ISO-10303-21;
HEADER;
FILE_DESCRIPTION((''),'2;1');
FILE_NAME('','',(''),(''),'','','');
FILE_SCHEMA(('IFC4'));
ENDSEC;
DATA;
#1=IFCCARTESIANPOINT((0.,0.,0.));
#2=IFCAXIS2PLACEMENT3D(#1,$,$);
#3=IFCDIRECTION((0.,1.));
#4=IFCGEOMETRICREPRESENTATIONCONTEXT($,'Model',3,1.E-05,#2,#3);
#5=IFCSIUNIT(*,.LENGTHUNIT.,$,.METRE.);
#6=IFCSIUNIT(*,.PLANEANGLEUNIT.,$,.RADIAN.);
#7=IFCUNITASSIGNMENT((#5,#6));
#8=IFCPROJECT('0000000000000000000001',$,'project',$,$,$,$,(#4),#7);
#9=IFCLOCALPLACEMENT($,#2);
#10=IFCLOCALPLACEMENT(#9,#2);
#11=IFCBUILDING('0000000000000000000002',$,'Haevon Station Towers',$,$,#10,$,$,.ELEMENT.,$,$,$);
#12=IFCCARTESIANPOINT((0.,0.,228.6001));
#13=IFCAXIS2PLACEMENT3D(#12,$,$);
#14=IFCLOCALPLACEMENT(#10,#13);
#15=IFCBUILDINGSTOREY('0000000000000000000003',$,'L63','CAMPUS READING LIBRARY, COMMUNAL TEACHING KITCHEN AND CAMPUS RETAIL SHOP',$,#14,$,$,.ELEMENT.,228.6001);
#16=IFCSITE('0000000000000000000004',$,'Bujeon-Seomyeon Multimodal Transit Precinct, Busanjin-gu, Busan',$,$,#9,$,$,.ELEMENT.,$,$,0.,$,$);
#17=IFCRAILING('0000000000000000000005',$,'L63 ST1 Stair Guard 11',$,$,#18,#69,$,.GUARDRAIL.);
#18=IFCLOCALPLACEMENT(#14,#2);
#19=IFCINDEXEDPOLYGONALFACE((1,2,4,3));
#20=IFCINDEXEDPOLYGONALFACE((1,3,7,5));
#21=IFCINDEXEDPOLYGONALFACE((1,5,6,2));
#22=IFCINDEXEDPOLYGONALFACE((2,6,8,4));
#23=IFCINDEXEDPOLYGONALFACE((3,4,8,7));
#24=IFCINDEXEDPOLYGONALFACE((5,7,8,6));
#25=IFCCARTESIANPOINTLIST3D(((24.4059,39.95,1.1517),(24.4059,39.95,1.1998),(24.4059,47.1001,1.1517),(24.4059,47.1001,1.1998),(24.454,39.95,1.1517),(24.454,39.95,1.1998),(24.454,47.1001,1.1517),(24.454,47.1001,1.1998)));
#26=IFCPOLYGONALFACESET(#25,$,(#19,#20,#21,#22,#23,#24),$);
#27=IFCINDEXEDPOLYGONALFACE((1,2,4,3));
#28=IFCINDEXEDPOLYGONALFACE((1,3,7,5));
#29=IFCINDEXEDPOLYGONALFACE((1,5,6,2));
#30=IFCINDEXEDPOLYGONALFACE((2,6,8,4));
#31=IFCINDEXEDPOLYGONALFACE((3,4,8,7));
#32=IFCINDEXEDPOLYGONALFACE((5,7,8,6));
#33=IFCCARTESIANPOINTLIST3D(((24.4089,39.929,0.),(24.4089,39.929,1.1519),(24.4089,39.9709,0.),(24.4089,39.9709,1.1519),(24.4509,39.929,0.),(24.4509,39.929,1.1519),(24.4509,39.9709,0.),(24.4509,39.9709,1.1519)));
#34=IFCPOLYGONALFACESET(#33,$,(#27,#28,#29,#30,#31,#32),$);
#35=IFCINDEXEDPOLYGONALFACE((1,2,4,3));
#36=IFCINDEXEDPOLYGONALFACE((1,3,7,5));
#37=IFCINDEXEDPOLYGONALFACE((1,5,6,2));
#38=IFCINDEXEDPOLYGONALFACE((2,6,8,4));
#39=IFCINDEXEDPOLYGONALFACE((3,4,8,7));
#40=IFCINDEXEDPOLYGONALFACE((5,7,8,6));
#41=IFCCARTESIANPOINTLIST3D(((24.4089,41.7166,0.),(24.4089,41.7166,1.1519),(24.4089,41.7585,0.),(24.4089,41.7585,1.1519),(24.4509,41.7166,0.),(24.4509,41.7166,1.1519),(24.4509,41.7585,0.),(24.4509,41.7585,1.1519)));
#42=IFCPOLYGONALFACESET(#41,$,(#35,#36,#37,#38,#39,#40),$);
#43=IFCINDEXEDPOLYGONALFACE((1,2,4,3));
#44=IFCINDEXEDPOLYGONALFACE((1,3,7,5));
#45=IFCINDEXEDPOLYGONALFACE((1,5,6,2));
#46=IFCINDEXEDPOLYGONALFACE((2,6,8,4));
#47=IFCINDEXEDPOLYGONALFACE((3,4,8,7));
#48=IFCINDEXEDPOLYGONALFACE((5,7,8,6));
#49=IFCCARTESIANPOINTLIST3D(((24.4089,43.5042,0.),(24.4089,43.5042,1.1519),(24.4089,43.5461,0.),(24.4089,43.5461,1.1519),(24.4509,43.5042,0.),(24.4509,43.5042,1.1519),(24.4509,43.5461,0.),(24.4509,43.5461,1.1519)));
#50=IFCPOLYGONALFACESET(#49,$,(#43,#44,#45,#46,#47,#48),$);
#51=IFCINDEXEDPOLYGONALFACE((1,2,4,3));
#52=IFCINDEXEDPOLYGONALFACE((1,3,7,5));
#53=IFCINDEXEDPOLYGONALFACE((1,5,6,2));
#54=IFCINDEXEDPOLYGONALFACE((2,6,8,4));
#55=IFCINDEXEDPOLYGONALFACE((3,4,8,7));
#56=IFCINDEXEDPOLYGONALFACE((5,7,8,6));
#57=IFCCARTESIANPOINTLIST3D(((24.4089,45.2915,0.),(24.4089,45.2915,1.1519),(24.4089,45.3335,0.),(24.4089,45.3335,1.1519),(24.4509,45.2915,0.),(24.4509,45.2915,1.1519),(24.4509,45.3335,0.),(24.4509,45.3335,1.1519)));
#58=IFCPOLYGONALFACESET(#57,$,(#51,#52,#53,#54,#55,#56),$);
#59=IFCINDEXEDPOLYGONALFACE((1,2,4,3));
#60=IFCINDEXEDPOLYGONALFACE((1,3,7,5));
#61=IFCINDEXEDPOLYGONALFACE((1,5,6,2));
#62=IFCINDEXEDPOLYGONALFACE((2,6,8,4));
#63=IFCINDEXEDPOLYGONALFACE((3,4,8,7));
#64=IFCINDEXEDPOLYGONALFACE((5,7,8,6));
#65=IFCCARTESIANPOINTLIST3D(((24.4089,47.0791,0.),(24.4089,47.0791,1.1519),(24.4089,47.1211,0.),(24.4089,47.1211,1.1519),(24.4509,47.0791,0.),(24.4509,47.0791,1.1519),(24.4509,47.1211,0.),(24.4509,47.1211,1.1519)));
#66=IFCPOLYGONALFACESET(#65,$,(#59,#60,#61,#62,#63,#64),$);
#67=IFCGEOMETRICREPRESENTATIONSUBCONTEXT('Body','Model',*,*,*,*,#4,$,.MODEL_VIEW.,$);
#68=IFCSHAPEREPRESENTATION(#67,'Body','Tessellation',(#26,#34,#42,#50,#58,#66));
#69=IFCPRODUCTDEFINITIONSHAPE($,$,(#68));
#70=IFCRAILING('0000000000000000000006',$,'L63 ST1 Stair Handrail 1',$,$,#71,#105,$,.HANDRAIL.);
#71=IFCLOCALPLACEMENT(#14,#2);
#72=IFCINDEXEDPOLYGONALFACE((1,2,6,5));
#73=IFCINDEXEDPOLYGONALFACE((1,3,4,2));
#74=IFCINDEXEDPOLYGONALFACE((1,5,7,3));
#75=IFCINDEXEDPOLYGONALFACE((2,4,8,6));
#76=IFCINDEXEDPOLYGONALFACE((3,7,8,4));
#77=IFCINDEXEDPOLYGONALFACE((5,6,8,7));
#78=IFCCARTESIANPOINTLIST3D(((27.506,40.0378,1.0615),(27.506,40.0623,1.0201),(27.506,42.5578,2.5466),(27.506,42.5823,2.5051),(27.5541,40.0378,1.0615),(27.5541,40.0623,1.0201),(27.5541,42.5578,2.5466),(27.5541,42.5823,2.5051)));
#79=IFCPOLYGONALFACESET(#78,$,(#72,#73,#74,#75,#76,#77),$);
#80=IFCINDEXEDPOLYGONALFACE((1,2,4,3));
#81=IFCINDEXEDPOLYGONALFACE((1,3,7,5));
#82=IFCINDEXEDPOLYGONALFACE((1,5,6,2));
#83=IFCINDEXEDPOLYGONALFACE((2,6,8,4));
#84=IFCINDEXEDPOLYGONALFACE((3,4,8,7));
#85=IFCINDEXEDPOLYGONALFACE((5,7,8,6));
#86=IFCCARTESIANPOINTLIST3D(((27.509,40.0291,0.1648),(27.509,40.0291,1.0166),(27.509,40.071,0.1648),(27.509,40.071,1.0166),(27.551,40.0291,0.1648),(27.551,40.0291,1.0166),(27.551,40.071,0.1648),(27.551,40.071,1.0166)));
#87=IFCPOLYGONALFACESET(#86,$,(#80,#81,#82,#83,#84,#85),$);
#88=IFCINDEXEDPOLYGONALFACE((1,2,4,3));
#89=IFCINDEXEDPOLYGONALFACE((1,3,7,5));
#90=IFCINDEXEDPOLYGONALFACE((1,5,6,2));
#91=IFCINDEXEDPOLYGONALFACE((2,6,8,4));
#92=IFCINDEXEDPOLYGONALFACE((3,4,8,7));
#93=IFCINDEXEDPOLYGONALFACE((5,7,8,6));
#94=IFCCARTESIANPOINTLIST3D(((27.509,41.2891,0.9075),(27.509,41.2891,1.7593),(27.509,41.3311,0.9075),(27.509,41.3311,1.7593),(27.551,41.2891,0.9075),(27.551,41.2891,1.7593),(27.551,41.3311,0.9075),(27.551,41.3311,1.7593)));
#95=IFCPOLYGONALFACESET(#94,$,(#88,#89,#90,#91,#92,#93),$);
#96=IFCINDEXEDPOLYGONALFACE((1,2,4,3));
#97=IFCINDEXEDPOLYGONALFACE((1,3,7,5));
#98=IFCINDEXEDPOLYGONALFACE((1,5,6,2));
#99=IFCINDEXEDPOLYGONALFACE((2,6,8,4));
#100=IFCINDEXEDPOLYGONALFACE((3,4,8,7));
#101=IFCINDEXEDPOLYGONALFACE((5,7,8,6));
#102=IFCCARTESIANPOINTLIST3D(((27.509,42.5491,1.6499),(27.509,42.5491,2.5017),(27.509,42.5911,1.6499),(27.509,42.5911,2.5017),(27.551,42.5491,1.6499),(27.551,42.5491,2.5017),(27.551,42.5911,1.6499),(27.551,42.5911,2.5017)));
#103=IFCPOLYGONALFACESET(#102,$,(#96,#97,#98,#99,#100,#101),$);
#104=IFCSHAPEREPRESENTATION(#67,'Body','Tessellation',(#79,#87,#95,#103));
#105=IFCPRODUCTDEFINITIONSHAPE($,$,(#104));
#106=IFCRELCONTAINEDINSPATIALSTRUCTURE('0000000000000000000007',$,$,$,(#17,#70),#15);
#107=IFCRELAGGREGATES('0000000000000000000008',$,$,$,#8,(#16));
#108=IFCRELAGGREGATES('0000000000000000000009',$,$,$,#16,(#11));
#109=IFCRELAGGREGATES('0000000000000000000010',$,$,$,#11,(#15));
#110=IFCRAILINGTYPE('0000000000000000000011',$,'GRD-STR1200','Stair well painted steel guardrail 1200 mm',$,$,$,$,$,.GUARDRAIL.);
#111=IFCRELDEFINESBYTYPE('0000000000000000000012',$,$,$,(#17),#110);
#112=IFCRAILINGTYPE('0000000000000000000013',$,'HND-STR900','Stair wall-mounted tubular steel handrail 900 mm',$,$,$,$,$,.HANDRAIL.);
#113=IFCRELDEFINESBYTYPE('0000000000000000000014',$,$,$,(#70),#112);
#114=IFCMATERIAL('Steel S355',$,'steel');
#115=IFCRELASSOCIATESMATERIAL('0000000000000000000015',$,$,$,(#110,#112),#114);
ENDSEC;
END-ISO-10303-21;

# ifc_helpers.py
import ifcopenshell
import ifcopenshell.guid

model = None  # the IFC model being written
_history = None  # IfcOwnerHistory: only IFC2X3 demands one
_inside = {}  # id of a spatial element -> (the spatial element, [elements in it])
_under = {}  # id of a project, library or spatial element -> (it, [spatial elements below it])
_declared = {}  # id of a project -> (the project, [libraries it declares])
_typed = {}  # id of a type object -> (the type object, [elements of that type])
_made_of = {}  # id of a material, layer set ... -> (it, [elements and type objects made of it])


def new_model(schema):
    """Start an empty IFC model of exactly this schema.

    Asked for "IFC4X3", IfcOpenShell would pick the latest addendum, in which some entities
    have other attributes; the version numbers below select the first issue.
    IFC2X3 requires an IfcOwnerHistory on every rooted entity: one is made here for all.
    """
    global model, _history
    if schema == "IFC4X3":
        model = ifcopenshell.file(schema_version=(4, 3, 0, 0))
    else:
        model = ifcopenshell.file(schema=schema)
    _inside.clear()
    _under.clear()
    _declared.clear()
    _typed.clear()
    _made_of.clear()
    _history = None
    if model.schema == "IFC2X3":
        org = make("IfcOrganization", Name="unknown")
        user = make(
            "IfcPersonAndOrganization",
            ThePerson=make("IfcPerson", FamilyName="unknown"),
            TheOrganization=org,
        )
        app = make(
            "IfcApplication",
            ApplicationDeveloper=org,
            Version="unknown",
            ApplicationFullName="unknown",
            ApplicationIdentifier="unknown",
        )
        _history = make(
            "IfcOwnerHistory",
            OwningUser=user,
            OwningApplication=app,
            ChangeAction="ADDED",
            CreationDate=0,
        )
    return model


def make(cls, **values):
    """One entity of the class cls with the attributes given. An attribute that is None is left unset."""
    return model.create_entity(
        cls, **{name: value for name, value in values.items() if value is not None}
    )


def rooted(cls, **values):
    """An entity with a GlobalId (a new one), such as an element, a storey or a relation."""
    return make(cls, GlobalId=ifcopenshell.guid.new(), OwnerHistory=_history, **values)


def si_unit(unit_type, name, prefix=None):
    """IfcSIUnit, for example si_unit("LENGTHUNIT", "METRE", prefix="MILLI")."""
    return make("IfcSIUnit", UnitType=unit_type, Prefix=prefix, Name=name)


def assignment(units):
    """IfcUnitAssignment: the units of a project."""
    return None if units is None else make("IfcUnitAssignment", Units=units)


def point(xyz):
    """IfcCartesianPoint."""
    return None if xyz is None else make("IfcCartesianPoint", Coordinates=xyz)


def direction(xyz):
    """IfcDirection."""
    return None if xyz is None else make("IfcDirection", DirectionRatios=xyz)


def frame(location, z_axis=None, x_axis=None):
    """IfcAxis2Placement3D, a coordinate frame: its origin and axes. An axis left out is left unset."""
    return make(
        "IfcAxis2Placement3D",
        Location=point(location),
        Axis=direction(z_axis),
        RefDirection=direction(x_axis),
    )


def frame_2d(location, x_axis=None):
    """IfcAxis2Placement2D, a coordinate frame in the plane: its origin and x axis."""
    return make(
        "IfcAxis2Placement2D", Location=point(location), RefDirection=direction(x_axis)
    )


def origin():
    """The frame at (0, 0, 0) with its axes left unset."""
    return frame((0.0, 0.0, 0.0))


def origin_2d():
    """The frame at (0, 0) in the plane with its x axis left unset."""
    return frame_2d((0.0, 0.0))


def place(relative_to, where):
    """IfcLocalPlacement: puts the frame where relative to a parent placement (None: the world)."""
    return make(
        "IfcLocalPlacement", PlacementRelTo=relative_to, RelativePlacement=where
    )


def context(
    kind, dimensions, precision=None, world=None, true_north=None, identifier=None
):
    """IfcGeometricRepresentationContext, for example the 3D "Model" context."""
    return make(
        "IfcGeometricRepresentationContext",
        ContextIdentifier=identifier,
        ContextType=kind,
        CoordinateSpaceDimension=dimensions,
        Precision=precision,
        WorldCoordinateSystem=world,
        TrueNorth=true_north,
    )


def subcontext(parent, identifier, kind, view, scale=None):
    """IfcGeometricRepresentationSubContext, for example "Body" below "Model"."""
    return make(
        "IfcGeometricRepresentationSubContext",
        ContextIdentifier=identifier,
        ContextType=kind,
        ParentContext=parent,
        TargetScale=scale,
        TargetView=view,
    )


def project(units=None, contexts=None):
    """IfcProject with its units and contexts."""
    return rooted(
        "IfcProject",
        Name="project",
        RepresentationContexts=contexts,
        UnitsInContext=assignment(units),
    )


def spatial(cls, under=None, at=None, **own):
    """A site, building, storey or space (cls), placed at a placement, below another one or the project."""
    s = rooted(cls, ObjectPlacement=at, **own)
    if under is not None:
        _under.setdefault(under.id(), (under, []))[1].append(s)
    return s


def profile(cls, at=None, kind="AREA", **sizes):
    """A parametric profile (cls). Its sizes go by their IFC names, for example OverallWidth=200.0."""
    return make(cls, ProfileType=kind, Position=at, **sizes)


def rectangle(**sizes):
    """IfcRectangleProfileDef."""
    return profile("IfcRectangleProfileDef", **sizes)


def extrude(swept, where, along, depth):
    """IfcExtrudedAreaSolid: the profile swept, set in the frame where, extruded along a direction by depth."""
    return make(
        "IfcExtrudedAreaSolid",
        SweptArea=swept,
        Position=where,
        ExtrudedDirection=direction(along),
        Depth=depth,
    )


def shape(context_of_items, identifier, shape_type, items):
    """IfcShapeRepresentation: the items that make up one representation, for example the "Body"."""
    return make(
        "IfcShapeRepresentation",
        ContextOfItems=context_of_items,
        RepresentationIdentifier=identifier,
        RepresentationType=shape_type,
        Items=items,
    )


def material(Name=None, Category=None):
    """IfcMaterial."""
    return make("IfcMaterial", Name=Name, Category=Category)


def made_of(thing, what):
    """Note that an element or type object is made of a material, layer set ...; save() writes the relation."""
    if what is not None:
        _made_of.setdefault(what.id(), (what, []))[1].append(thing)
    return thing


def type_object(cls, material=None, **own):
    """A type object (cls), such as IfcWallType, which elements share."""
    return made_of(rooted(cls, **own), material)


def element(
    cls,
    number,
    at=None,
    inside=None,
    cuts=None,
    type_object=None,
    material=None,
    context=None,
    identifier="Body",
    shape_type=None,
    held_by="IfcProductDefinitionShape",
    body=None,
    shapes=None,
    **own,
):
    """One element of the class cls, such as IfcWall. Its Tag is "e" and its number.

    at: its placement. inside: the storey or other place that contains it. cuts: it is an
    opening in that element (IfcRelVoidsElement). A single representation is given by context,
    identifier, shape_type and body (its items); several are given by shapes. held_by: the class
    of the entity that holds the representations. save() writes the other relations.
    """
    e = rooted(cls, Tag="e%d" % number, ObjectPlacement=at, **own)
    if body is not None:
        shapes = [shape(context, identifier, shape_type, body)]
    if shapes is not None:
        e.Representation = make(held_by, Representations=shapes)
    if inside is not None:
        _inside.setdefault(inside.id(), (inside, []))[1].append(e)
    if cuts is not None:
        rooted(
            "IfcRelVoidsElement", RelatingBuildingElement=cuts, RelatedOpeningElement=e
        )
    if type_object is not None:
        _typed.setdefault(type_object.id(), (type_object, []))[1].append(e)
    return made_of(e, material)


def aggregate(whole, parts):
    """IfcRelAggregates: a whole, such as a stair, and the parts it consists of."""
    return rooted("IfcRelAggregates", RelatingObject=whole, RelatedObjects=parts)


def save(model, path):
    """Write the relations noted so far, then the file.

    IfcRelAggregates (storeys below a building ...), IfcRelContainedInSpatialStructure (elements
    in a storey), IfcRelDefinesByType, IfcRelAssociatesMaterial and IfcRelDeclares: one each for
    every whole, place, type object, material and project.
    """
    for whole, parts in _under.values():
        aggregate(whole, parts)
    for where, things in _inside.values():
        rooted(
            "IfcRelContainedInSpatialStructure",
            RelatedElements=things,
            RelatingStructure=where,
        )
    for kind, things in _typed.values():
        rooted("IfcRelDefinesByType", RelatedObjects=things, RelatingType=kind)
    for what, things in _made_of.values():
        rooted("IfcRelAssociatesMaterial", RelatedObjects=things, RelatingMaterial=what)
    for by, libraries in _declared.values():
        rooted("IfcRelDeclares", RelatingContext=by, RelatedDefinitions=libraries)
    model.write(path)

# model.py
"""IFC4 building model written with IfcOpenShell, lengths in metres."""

from ifc_helpers import new_model, si_unit, direction, frame, origin, origin_2d, place, context, subcontext, project, spatial, rectangle, extrude, material, type_object, element, save


model = new_model("IFC4")

# Units and contexts
model_context = context("Model", 3, precision=1e-05, world=origin(), true_north=direction((0.0, 1.0)))
body_context = subcontext(model_context, "Body", "Model", "MODEL_VIEW")
ifc_project = project(units=[si_unit("LENGTHUNIT", "METRE"), si_unit("PLANEANGLEUNIT", "RADIAN")], contexts=[model_context])

# Site, building, storey
site_placement = place(None, origin())
site = spatial("IfcSite", under=ifc_project, at=site_placement, Name="Bujeon-Seomyeon Multimodal Transit Precinct, Busanjin-gu, Busan", CompositionType="ELEMENT", RefElevation=0.0)
building_placement = place(site_placement, origin())
building = spatial("IfcBuilding", under=site, at=building_placement, Name="Haevon Station Towers", CompositionType="ELEMENT")
storey_placement = place(building_placement, frame((0.0, 0.0, 228.6001)))
storey = spatial("IfcBuildingStorey", under=building, at=storey_placement, Name="L63", Description="CAMPUS READING LIBRARY, COMMUNAL TEACHING KITCHEN AND CAMPUS RETAIL SHOP", CompositionType="ELEMENT", Elevation=228.6001)

# Railings
ifc_material_1 = material(Name="Steel S355", Category="steel")
railing_type_1 = type_object("IfcRailingType", Name="GRD-STR1200", Description="Stair well painted steel guardrail 1200 mm", PredefinedType="GUARDRAIL", material=ifc_material_1)
for number, where, name in (
    (1, (24.4299, 39.95, 0.0), "L63 ST1 Stair Guard 11"),
):
    element("IfcRailing", number, at=place(storey_placement, frame(where)), inside=storey, type_object=railing_type_1, Name=name, PredefinedType="GUARDRAIL", context=body_context, shape_type="SweptSolid", body=[
        extrude(rectangle(XDim=0.0481, YDim=0.0481, at=origin_2d()), frame((0.0, 0.0, 1.1758), z_axis=(0.0, 1.0, 0.0), x_axis=(-1.0, 0.0, 0.0)), (0.0, 0.0, 1.0), 7.1501),
        extrude(rectangle(XDim=0.042, YDim=0.042, at=origin_2d()), origin(), (0.0, 0.0, 1.0), 1.1519),
        extrude(rectangle(XDim=0.042, YDim=0.042, at=origin_2d()), frame((0.0, 1.7876, 0.0)), (0.0, 0.0, 1.0), 1.1519),
        extrude(rectangle(XDim=0.042, YDim=0.042, at=origin_2d()), frame((0.0, 3.5752, 0.0)), (0.0, 0.0, 1.0), 1.1519),
        extrude(rectangle(XDim=0.042, YDim=0.042, at=origin_2d()), frame((0.0, 5.3625, 0.0)), (0.0, 0.0, 1.0), 1.1519),
        extrude(rectangle(XDim=0.042, YDim=0.042, at=origin_2d()), frame((0.0, 7.1501, 0.0)), (0.0, 0.0, 1.0), 1.1519),
    ])
railing_type_2 = type_object("IfcRailingType", Name="HND-STR900", Description="Stair wall-mounted tubular steel handrail 900 mm", PredefinedType="HANDRAIL", material=ifc_material_1)
railing_1_placement = place(storey_placement, frame((27.53, 40.05, 0.1648)))
element("IfcRailing", 2, at=railing_1_placement, inside=storey, type_object=railing_type_2, Name="L63 ST1 Stair Handrail 1", PredefinedType="HANDRAIL", context=body_context, shape_type="SweptSolid", body=[
    extrude(rectangle(XDim=0.0481, YDim=0.0481, at=origin_2d()), frame((0.0, 0.0, 0.876), z_axis=(0.0, 0.861524, 0.507717), x_axis=(-1.0, 0.0, 0.0)), (0.0, 0.0, 1.0), 2.925),
    extrude(rectangle(XDim=0.042, YDim=0.042, at=origin_2d()), origin(), (0.0, 0.0, 1.0), 0.8518),
    extrude(rectangle(XDim=0.042, YDim=0.042, at=origin_2d()), frame((0.0, 1.26, 0.7427)), (0.0, 0.0, 1.0), 0.8518),
    extrude(rectangle(XDim=0.042, YDim=0.042, at=origin_2d()), frame((0.0, 2.52, 1.4851)), (0.0, 0.0, 1.0), 0.8518),
])

save(model, "model.ifc")
